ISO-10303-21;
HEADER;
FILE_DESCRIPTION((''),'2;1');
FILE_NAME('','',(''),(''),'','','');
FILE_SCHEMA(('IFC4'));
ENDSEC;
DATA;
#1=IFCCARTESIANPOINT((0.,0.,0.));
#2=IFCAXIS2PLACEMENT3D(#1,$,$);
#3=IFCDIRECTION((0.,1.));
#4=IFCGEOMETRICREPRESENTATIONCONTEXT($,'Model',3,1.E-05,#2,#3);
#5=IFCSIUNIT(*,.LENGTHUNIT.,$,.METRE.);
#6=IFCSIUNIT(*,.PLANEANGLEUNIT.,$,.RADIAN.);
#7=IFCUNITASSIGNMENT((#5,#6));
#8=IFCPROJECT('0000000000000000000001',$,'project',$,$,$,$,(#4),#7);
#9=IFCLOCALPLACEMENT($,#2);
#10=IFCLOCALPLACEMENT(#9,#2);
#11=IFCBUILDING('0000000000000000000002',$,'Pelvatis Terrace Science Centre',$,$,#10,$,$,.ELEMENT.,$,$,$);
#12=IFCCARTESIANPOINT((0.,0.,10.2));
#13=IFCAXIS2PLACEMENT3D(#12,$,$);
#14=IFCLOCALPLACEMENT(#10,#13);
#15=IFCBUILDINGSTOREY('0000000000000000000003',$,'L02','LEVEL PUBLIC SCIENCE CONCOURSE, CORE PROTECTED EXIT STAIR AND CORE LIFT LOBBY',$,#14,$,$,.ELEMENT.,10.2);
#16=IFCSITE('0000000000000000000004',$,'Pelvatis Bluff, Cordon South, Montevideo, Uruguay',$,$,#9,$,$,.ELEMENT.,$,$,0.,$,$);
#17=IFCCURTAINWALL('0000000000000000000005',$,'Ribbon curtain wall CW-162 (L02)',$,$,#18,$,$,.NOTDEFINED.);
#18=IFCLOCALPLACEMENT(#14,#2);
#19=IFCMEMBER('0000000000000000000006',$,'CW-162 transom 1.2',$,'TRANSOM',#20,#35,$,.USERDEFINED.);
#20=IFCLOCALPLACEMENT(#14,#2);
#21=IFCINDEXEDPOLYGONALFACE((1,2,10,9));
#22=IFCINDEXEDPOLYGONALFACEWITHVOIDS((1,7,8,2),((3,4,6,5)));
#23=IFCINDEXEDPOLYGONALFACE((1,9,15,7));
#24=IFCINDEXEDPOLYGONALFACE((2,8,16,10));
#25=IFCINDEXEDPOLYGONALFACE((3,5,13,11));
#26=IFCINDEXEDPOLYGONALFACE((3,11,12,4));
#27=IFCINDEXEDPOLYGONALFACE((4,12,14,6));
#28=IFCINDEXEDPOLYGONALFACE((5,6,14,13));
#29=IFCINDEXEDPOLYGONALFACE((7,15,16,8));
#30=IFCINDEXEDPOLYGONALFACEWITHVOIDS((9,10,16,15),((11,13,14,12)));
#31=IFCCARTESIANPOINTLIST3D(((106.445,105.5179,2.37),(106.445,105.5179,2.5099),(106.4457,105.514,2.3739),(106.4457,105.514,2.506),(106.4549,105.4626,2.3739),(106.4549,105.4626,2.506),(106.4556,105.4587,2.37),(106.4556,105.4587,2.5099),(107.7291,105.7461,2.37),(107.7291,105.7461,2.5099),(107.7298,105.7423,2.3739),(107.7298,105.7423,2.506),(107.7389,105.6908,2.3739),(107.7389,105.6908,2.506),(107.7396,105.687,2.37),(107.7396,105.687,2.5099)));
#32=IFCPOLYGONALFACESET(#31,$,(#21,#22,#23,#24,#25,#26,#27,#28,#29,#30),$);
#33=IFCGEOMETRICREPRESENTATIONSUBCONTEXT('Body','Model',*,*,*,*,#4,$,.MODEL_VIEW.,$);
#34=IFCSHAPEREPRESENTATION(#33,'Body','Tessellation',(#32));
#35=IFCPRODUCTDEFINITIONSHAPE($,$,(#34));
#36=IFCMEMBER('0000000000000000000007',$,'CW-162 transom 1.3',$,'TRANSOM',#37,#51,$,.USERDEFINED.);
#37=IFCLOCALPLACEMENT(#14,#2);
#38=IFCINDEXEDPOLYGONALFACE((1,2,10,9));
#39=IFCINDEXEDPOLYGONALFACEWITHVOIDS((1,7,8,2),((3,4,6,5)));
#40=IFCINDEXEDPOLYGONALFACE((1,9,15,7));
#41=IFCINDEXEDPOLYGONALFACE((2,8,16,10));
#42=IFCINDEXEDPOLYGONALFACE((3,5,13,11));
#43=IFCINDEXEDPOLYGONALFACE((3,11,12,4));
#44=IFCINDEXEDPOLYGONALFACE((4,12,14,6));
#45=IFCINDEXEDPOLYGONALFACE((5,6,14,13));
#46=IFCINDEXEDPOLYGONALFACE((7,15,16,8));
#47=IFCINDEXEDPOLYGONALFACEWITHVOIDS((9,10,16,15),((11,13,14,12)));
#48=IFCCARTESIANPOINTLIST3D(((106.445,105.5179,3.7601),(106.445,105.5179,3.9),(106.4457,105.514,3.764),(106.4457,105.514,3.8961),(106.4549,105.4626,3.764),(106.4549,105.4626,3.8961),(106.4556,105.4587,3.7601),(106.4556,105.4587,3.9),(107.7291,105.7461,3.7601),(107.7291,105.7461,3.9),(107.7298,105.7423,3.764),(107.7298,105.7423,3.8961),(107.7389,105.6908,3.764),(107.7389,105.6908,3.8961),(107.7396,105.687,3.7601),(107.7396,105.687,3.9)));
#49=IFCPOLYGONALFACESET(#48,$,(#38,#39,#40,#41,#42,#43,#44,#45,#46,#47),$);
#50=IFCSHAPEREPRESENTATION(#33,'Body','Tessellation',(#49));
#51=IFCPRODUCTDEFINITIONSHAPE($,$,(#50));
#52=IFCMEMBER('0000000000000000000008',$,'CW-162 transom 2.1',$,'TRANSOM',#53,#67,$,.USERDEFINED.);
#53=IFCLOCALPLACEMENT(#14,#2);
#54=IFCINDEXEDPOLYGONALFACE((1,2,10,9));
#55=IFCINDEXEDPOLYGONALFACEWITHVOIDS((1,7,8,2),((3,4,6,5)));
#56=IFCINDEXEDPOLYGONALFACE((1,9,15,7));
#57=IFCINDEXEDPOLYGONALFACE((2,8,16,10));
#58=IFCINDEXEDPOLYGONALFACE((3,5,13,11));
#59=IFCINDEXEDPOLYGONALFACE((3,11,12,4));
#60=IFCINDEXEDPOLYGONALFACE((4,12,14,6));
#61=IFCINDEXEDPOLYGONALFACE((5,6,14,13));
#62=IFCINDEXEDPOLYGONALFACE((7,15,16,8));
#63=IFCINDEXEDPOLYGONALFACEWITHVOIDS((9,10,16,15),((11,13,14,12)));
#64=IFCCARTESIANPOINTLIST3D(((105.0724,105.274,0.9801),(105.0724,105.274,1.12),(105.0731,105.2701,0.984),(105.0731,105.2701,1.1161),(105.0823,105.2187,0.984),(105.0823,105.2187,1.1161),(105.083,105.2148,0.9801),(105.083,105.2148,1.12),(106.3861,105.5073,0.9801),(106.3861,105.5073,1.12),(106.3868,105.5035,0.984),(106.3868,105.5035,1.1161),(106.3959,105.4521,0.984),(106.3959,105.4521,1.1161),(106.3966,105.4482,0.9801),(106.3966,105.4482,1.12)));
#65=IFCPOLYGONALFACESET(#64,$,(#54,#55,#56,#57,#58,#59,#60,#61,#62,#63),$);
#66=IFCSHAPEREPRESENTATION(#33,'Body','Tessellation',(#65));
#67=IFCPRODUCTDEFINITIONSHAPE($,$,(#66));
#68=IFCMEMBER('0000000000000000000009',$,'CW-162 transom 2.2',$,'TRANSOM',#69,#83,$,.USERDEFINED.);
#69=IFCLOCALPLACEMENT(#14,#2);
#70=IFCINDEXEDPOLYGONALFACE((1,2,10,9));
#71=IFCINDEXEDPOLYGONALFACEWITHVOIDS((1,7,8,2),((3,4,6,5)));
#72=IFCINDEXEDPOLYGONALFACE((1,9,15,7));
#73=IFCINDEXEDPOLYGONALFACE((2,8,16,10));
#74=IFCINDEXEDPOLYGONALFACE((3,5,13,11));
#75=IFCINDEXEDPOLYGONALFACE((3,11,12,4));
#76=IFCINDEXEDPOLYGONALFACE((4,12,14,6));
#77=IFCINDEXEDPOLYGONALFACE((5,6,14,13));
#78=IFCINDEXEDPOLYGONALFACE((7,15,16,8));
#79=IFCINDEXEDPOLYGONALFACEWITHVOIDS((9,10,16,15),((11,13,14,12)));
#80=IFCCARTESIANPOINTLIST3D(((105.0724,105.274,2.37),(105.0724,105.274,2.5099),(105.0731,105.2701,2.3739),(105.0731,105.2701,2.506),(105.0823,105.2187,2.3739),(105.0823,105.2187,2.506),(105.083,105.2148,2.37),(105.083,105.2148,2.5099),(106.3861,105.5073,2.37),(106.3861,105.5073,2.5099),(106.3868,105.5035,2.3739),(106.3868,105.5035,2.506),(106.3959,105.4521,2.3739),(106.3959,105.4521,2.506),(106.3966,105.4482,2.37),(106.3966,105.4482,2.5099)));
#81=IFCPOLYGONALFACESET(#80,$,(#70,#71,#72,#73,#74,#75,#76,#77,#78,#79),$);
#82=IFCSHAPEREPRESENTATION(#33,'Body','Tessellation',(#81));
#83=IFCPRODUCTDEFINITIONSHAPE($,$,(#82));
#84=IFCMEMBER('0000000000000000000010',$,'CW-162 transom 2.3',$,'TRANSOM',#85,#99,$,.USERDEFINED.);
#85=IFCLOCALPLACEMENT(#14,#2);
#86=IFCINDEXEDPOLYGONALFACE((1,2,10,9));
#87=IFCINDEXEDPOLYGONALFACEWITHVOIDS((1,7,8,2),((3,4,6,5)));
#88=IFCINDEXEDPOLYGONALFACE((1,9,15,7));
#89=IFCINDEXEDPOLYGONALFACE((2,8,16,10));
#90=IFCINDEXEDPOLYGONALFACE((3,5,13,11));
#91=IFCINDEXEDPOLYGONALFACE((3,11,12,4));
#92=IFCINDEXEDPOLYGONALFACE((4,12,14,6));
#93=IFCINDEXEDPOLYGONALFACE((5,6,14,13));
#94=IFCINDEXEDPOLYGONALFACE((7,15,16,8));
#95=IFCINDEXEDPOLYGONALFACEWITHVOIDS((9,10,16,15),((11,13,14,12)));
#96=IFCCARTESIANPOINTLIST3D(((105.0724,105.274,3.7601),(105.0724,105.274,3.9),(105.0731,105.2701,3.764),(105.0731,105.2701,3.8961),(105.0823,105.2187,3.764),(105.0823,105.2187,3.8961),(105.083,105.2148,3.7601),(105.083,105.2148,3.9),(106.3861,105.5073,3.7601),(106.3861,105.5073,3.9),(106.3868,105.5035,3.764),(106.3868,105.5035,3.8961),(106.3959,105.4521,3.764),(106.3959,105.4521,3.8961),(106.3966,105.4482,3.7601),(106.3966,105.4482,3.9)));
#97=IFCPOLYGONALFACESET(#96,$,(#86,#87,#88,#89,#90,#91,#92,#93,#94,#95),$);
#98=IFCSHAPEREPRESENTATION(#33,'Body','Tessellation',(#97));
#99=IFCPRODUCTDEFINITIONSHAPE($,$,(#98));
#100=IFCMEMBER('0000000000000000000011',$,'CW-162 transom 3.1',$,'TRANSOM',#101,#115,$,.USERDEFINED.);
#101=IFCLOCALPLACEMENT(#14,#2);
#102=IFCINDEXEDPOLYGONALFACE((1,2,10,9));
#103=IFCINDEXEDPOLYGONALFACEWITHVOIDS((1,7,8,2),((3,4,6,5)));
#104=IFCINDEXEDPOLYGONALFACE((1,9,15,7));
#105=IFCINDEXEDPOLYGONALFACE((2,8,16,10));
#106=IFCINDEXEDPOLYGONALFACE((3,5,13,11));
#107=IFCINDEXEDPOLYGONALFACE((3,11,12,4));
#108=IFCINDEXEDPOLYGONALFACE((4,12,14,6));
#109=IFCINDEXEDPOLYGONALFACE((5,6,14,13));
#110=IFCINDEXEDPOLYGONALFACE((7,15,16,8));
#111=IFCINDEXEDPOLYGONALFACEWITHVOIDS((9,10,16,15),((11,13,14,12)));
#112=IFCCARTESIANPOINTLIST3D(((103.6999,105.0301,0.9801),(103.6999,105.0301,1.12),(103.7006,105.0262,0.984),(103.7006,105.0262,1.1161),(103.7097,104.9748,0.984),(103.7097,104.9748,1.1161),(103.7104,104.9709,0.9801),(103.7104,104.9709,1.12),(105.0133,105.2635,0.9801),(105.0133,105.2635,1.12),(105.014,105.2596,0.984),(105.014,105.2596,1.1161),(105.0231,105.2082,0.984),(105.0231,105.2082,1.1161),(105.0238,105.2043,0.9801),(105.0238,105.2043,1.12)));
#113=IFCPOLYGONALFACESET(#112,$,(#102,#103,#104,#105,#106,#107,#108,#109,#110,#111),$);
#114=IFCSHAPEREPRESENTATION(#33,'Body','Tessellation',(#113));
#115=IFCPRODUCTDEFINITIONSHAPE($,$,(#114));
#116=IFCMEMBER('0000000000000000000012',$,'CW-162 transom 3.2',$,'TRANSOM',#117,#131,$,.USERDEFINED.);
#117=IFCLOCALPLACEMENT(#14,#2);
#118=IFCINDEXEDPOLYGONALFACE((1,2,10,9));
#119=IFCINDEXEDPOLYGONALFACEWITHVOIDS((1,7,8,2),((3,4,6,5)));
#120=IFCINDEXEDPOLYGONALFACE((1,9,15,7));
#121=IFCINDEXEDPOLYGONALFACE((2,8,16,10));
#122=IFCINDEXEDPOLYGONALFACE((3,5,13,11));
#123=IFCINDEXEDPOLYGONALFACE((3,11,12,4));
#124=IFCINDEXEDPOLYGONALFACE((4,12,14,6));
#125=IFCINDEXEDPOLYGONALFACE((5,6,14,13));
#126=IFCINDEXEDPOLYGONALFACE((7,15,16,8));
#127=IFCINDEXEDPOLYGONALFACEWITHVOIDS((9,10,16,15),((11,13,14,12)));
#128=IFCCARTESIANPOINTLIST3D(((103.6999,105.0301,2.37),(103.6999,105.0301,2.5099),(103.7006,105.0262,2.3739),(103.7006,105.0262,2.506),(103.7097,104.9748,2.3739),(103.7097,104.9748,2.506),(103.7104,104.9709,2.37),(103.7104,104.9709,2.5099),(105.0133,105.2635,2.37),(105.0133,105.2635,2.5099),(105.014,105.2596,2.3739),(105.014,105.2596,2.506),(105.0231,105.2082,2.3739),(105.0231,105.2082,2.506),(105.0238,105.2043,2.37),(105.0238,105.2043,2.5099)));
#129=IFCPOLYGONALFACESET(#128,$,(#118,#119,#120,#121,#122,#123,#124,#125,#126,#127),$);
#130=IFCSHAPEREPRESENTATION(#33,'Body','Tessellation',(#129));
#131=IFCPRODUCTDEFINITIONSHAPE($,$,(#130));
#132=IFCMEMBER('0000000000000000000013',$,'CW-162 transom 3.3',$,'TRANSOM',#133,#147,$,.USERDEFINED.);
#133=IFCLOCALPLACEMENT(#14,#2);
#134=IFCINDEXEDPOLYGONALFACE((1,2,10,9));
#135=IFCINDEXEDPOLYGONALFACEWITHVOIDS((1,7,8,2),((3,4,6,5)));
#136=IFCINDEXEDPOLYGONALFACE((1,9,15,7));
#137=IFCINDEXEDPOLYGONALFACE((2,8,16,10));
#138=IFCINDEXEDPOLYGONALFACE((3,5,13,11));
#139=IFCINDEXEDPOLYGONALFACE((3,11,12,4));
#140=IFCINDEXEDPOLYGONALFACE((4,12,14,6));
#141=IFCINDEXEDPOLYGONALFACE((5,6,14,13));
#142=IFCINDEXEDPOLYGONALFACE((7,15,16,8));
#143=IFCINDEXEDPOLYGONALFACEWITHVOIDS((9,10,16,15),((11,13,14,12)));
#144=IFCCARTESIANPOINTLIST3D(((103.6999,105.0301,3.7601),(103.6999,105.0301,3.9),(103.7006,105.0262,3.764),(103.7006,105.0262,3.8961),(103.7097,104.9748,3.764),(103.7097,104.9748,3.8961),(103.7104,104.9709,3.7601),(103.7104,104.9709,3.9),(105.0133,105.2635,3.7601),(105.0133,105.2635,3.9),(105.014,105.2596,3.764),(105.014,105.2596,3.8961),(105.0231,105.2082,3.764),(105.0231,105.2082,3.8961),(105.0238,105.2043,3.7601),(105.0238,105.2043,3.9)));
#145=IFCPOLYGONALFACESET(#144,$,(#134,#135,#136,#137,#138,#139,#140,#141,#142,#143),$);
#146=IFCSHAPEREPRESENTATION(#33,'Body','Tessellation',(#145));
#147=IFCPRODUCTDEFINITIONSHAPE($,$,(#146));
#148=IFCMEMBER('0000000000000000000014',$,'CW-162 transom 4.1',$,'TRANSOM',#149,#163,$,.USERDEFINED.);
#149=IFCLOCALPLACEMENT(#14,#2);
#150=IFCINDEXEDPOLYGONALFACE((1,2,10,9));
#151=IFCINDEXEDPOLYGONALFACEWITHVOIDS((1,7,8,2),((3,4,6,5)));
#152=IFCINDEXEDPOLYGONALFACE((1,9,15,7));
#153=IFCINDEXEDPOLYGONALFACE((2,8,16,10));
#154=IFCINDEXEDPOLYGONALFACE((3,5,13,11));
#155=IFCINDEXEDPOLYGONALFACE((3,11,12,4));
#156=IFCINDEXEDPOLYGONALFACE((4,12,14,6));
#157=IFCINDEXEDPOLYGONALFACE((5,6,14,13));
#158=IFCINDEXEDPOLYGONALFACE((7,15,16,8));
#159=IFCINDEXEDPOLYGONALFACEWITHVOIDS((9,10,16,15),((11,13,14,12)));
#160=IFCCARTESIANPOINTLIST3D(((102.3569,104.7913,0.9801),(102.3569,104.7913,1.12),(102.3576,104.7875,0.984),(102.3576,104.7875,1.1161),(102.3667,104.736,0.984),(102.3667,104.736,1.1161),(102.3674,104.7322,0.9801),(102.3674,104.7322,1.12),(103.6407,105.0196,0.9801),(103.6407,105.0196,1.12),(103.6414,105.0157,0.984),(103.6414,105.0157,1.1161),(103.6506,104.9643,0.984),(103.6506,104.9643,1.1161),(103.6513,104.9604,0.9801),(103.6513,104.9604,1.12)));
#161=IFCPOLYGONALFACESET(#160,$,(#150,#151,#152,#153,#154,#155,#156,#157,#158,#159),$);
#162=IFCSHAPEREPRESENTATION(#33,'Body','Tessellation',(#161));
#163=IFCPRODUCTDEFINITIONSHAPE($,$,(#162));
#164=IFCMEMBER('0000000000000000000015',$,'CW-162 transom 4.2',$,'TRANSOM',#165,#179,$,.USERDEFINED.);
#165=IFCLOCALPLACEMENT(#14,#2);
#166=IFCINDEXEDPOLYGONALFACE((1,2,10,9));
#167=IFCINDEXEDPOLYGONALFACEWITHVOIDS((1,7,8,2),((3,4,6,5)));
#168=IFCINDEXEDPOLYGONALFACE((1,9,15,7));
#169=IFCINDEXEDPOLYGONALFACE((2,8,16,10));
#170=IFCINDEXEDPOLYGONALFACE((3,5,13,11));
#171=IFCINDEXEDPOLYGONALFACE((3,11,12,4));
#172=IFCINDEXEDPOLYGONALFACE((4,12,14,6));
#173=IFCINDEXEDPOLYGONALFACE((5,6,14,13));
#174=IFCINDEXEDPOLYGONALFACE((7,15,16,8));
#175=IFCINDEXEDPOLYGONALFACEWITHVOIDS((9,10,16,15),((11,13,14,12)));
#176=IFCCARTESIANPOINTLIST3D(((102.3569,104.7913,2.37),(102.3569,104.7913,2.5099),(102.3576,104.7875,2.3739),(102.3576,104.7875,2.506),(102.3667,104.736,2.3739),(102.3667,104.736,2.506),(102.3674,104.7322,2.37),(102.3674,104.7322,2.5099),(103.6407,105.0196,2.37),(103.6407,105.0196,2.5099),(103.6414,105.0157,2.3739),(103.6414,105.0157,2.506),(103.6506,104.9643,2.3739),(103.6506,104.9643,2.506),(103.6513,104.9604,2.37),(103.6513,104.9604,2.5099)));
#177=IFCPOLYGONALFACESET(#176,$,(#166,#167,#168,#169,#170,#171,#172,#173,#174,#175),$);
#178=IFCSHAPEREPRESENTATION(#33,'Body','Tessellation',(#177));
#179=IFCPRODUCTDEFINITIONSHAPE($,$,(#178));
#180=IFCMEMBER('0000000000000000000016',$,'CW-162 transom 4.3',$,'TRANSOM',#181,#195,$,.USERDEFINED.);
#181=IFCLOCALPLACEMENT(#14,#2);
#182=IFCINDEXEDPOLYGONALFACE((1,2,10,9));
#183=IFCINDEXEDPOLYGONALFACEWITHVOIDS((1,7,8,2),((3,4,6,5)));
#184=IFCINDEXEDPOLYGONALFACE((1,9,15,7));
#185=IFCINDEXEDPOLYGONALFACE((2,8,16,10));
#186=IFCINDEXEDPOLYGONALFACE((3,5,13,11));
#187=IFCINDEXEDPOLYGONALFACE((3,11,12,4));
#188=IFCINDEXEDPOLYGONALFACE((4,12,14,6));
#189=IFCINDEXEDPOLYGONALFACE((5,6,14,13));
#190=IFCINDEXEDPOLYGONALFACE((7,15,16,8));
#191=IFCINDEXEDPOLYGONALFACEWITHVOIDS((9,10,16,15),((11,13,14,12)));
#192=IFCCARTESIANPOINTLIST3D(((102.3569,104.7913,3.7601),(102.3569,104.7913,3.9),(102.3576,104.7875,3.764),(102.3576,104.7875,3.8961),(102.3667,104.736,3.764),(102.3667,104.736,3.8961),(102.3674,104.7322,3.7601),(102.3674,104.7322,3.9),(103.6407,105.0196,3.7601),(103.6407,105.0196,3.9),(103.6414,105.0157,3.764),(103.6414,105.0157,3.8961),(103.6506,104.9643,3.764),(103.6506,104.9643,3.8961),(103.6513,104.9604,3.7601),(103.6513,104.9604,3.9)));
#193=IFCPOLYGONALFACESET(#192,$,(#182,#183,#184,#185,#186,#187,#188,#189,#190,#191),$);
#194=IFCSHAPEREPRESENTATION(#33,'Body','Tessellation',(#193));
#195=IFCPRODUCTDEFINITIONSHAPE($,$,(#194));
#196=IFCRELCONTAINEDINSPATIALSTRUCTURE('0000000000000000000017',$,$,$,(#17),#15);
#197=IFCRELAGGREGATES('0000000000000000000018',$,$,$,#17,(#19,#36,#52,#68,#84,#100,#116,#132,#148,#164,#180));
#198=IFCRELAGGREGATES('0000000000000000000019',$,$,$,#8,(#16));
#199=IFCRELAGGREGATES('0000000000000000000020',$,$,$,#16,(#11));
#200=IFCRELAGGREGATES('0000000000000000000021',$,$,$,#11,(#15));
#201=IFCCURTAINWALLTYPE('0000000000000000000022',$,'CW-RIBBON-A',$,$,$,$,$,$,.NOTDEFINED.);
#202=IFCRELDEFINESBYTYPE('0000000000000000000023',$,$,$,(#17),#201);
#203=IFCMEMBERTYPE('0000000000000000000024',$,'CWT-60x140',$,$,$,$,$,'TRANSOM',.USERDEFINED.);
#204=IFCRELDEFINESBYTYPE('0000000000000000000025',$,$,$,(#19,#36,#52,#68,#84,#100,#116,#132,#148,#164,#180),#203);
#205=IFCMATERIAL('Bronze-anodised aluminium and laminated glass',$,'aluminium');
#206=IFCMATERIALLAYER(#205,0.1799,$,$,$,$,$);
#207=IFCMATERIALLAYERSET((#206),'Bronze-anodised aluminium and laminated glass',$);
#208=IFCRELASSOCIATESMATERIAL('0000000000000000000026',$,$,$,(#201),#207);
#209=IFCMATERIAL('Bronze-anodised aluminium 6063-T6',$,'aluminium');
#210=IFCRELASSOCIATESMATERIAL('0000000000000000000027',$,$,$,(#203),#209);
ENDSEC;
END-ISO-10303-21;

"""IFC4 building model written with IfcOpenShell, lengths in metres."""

from ifc_helpers import new_model, si_unit, direction, frame, origin, origin_2d, place, context, subcontext, project, spatial, hollow_rectangle, extrude, material, layer, layer_set, material_profile, profile_set, type_object, element, aggregate, save


model = new_model("IFC4")

# Units and contexts
model_context = context("Model", 3, precision=1e-05, world=origin(), true_north=direction((0.0, 1.0)))
body_context = subcontext(model_context, "Body", "Model", "MODEL_VIEW")
ifc_project = project(units=[si_unit("LENGTHUNIT", "METRE"), si_unit("PLANEANGLEUNIT", "RADIAN")], contexts=[model_context])

# Site, building, storey
site_placement = place(None, origin())
site = spatial("IfcSite", under=ifc_project, at=site_placement, Name="Pelvatis Bluff, Cordon South, Montevideo, Uruguay", CompositionType="ELEMENT", RefElevation=0.0)
building_placement = place(site_placement, origin())
building = spatial("IfcBuilding", under=site, at=building_placement, Name="Pelvatis Terrace Science Centre", CompositionType="ELEMENT")
storey_placement = place(building_placement, frame((0.0, 0.0, 10.2)))
storey = spatial("IfcBuildingStorey", under=building, at=storey_placement, Name="L02", Description="LEVEL PUBLIC SCIENCE CONCOURSE, CORE PROTECTED EXIT STAIR AND CORE LIFT LOBBY", CompositionType="ELEMENT", Elevation=10.2)

# Curtain wall
ifc_material_1 = material(Name="Bronze-anodised aluminium and laminated glass", Category="aluminium")
ifc_layer_1 = layer(ifc_material_1, 0.1799)
ifc_layer_set_1 = layer_set([ifc_layer_1], Name="Bronze-anodised aluminium and laminated glass")
curtain_wall_type = type_object("IfcCurtainWallType", Name="CW-RIBBON-A", PredefinedType="NOTDEFINED", material=ifc_layer_set_1)
curtain_wall_1_placement = place(storey_placement, origin())
curtain_wall_1 = element("IfcCurtainWall", 1, at=curtain_wall_1_placement, inside=storey, type_object=curtain_wall_type, Name="Ribbon curtain wall CW-162 (L02)", PredefinedType="NOTDEFINED")

# Members
ifc_material_2 = material(Name="Bronze-anodised aluminium 6063-T6", Category="aluminium")
ifc_material_profile_1 = material_profile(ifc_material_2, hollow_rectangle(XDim=0.0601, YDim=0.1399, WallThickness=0.0039, at=origin_2d()), Name="ALU-TRN 60x140")
ifc_profile_set_1 = profile_set([ifc_material_profile_1], Name="Bronze-anodised aluminium 6063-T6")
member_type_1 = type_object("IfcMemberType", Name="CWT-60x140", ElementType="TRANSOM", PredefinedType="USERDEFINED", material=ifc_profile_set_1)
member_1_placement = place(storey_placement, frame((107.7344, 105.7166, 2.4399), z_axis=(-0.984566, -0.175013, 0.0), x_axis=(0.175013, -0.984566, 0.0)))
member_1 = element("IfcMember", 2, at=member_1_placement, type_object=member_type_1, Name="CW-162 transom 1.2", ObjectType="TRANSOM", PredefinedType="USERDEFINED", context=body_context, shape_type="SweptSolid", body=[
    extrude(hollow_rectangle(XDim=0.0601, YDim=0.1399, WallThickness=0.0039, at=origin_2d()), origin(), (0.0, 0.0, 1.0), 1.3042),
])
member_2_placement = place(storey_placement, frame((107.7344, 105.7166, 3.8301), z_axis=(-0.984566, -0.175013, 0.0), x_axis=(0.175013, -0.984566, 0.0)))
member_2 = element("IfcMember", 3, at=member_2_placement, type_object=member_type_1, Name="CW-162 transom 1.3", ObjectType="TRANSOM", PredefinedType="USERDEFINED", context=body_context, shape_type="SweptSolid", body=[
    extrude(hollow_rectangle(XDim=0.0601, YDim=0.1399, WallThickness=0.0039, at=origin_2d()), origin(), (0.0, 0.0, 1.0), 1.3042),
])
member_3_placement = place(storey_placement, frame((106.3914, 105.4778, 1.05), z_axis=(-0.984582, -0.174923, 0.0), x_axis=(0.174923, -0.984582, 0.0)))
member_3 = element("IfcMember", 4, at=member_3_placement, type_object=member_type_1, Name="CW-162 transom 2.1", ObjectType="TRANSOM", PredefinedType="USERDEFINED", context=body_context, shape_type="SweptSolid", body=[
    extrude(hollow_rectangle(XDim=0.0601, YDim=0.1399, WallThickness=0.0039, at=origin_2d()), origin(), (0.0, 0.0, 1.0), 1.3342),
])
member_4_placement = place(storey_placement, frame((106.3914, 105.4778, 2.4399), z_axis=(-0.984582, -0.174923, 0.0), x_axis=(0.174923, -0.984582, 0.0)))
member_4 = element("IfcMember", 5, at=member_4_placement, type_object=member_type_1, Name="CW-162 transom 2.2", ObjectType="TRANSOM", PredefinedType="USERDEFINED", context=body_context, shape_type="SweptSolid", body=[
    extrude(hollow_rectangle(XDim=0.0601, YDim=0.1399, WallThickness=0.0039, at=origin_2d()), origin(), (0.0, 0.0, 1.0), 1.3342),
])
member_5_placement = place(storey_placement, frame((106.3914, 105.4778, 3.8301), z_axis=(-0.984582, -0.174923, 0.0), x_axis=(0.174923, -0.984582, 0.0)))
member_5 = element("IfcMember", 6, at=member_5_placement, type_object=member_type_1, Name="CW-162 transom 2.3", ObjectType="TRANSOM", PredefinedType="USERDEFINED", context=body_context, shape_type="SweptSolid", body=[
    extrude(hollow_rectangle(XDim=0.0601, YDim=0.1399, WallThickness=0.0039, at=origin_2d()), origin(), (0.0, 0.0, 1.0), 1.3342),
])
member_6_placement = place(storey_placement, frame((105.0186, 105.2339, 1.05), z_axis=(-0.984577, -0.174954, 0.0), x_axis=(0.174954, -0.984577, 0.0)))
member_6 = element("IfcMember", 7, at=member_6_placement, type_object=member_type_1, Name="CW-162 transom 3.1", ObjectType="TRANSOM", PredefinedType="USERDEFINED", context=body_context, shape_type="SweptSolid", body=[
    extrude(hollow_rectangle(XDim=0.0601, YDim=0.1399, WallThickness=0.0039, at=origin_2d()), origin(), (0.0, 0.0, 1.0), 1.334),
])
member_7_placement = place(storey_placement, frame((105.0186, 105.2339, 2.4399), z_axis=(-0.984577, -0.174954, 0.0), x_axis=(0.174954, -0.984577, 0.0)))
member_7 = element("IfcMember", 8, at=member_7_placement, type_object=member_type_1, Name="CW-162 transom 3.2", ObjectType="TRANSOM", PredefinedType="USERDEFINED", context=body_context, shape_type="SweptSolid", body=[
    extrude(hollow_rectangle(XDim=0.0601, YDim=0.1399, WallThickness=0.0039, at=origin_2d()), origin(), (0.0, 0.0, 1.0), 1.334),
])
member_8_placement = place(storey_placement, frame((105.0186, 105.2339, 3.8301), z_axis=(-0.984577, -0.174954, 0.0), x_axis=(0.174954, -0.984577, 0.0)))
member_8 = element("IfcMember", 9, at=member_8_placement, type_object=member_type_1, Name="CW-162 transom 3.3", ObjectType="TRANSOM", PredefinedType="USERDEFINED", context=body_context, shape_type="SweptSolid", body=[
    extrude(hollow_rectangle(XDim=0.0601, YDim=0.1399, WallThickness=0.0039, at=origin_2d()), origin(), (0.0, 0.0, 1.0), 1.334),
])
member_9_placement = place(storey_placement, frame((103.646, 104.99, 1.05), z_axis=(-0.98456, -0.175045, 0.0), x_axis=(0.175045, -0.98456, 0.0)))
member_9 = element("IfcMember", 10, at=member_9_placement, type_object=member_type_1, Name="CW-162 transom 4.1", ObjectType="TRANSOM", PredefinedType="USERDEFINED", context=body_context, shape_type="SweptSolid", body=[
    extrude(hollow_rectangle(XDim=0.0601, YDim=0.1399, WallThickness=0.0039, at=origin_2d()), origin(), (0.0, 0.0, 1.0), 1.304),
])
member_10_placement = place(storey_placement, frame((103.646, 104.99, 2.4399), z_axis=(-0.98456, -0.175045, 0.0), x_axis=(0.175045, -0.98456, 0.0)))
member_10 = element("IfcMember", 11, at=member_10_placement, type_object=member_type_1, Name="CW-162 transom 4.2", ObjectType="TRANSOM", PredefinedType="USERDEFINED", context=body_context, shape_type="SweptSolid", body=[
    extrude(hollow_rectangle(XDim=0.0601, YDim=0.1399, WallThickness=0.0039, at=origin_2d()), origin(), (0.0, 0.0, 1.0), 1.304),
])
member_11_placement = place(storey_placement, frame((103.646, 104.99, 3.8301), z_axis=(-0.98456, -0.175045, 0.0), x_axis=(0.175045, -0.98456, 0.0)))
member_11 = element("IfcMember", 12, at=member_11_placement, type_object=member_type_1, Name="CW-162 transom 4.3", ObjectType="TRANSOM", PredefinedType="USERDEFINED", context=body_context, shape_type="SweptSolid", body=[
    extrude(hollow_rectangle(XDim=0.0601, YDim=0.1399, WallThickness=0.0039, at=origin_2d()), origin(), (0.0, 0.0, 1.0), 1.304),
])

aggregate(curtain_wall_1, [member_1, member_2, member_3, member_4, member_5, member_6, member_7, member_8, member_9, member_10, member_11])

save(model, "model.ifc")
